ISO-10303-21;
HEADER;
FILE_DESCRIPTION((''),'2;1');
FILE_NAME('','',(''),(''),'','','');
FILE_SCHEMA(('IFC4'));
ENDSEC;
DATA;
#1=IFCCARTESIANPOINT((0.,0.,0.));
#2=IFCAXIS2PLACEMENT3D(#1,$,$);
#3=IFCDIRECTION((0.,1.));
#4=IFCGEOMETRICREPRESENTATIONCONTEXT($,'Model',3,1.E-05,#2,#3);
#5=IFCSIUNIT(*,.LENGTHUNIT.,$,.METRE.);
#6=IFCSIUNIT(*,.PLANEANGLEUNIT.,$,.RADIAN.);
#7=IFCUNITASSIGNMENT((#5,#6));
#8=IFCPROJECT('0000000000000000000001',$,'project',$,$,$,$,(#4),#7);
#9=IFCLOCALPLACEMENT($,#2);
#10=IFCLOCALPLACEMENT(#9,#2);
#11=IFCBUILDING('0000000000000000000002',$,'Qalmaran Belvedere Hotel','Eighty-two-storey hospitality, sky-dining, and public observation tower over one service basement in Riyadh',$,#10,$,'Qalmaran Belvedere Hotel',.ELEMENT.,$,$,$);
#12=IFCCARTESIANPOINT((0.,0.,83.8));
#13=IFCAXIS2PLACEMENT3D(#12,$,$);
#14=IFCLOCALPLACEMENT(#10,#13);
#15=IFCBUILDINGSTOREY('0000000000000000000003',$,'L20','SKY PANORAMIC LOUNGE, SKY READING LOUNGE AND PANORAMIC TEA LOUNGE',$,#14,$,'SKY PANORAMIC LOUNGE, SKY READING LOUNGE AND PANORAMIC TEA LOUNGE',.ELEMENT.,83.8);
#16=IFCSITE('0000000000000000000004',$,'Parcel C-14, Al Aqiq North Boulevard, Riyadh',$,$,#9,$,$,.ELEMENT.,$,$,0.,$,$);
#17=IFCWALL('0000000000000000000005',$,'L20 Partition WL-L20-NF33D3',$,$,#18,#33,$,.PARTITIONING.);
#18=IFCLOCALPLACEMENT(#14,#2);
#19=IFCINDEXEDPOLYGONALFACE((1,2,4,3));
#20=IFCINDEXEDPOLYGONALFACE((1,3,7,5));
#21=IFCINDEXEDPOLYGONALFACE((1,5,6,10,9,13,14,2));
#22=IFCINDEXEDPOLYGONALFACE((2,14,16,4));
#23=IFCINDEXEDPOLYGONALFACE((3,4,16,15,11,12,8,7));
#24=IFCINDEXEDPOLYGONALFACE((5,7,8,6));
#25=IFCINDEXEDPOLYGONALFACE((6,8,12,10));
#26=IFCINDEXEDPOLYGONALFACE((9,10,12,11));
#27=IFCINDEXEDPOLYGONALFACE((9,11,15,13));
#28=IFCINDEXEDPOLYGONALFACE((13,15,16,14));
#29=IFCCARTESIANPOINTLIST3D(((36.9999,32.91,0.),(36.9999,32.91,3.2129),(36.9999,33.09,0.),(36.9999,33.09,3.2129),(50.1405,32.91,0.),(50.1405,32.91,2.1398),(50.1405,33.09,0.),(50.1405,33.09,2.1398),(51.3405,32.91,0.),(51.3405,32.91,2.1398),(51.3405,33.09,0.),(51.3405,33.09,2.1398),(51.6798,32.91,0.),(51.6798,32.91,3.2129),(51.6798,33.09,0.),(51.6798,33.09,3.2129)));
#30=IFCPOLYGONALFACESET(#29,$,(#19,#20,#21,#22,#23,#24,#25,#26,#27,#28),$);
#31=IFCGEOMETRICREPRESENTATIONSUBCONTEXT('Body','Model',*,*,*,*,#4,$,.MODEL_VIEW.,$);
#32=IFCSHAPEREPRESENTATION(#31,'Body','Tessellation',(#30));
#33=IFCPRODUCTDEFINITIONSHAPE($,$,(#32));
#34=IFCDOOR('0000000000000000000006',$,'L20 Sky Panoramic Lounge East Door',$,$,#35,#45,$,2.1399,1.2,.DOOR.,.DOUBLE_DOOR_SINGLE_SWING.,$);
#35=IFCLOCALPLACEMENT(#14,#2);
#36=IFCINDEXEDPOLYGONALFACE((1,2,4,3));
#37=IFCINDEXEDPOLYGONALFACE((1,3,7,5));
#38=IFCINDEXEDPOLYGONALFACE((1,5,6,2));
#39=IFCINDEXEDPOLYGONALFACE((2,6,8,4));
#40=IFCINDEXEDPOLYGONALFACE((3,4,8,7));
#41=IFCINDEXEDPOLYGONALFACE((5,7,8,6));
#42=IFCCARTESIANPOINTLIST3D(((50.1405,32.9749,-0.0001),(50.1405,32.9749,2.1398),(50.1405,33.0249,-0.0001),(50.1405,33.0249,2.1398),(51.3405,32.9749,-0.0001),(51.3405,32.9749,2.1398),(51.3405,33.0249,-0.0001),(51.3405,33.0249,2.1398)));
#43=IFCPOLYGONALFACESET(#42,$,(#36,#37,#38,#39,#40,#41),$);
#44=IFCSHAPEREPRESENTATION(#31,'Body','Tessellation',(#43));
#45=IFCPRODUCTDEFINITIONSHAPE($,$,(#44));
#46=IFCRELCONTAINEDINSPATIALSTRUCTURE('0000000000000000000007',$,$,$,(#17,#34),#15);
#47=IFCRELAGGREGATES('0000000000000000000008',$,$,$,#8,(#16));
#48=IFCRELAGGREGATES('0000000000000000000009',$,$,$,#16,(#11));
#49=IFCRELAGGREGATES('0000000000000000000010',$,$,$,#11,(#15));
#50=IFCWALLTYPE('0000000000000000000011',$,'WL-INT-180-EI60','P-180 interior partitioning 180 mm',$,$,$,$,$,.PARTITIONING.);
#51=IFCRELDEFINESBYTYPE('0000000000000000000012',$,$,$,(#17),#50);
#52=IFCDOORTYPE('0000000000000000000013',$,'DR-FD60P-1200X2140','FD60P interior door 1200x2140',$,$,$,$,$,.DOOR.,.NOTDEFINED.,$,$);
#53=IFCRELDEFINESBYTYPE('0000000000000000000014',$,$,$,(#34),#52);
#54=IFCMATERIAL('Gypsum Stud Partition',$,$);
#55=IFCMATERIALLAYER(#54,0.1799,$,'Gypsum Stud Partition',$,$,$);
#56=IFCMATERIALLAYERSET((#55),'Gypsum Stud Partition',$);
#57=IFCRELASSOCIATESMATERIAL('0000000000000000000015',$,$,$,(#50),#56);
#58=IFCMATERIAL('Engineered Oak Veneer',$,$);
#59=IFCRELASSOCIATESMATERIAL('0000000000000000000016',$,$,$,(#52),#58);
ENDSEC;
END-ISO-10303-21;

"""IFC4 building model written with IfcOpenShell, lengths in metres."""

from ifc_helpers import new_model, si_unit, direction, frame, frame_2d, origin, place, context, subcontext, project, spatial, rectangle, extrude, material, layer, layer_set, type_object, element, fill, save


model = new_model("IFC4")

# Units and contexts
model_context = context("Model", 3, precision=1e-05, world=origin(), true_north=direction((0.0, 1.0)))
body_context = subcontext(model_context, "Body", "Model", "MODEL_VIEW")
ifc_project = project(units=[si_unit("LENGTHUNIT", "METRE"), si_unit("PLANEANGLEUNIT", "RADIAN")], contexts=[model_context])

# Site, building, storey
site_placement = place(None, origin())
site = spatial("IfcSite", under=ifc_project, at=site_placement, Name="Parcel C-14, Al Aqiq North Boulevard, Riyadh", CompositionType="ELEMENT", RefElevation=0.0)
building_placement = place(site_placement, origin())
building = spatial("IfcBuilding", under=site, at=building_placement, Name="Qalmaran Belvedere Hotel", Description="Eighty-two-storey hospitality, sky-dining, and public observation tower over one service basement in Riyadh", LongName="Qalmaran Belvedere Hotel", CompositionType="ELEMENT")
storey_placement = place(building_placement, frame((0.0, 0.0, 83.8)))
storey = spatial("IfcBuildingStorey", under=building, at=storey_placement, Name="L20", Description="SKY PANORAMIC LOUNGE, SKY READING LOUNGE AND PANORAMIC TEA LOUNGE", LongName="SKY PANORAMIC LOUNGE, SKY READING LOUNGE AND PANORAMIC TEA LOUNGE", CompositionType="ELEMENT", Elevation=83.8)

# Shared definitions
ifc_material_1 = material(Name="Gypsum Stud Partition")

# Wall, opening, door
ifc_layer_1 = layer(ifc_material_1, 0.1799, Name="Gypsum Stud Partition")
ifc_layer_set_1 = layer_set([ifc_layer_1], Name="Gypsum Stud Partition")
wall_type_1 = type_object("IfcWallType", Name="WL-INT-180-EI60", Description="P-180 interior partitioning 180 mm", PredefinedType="PARTITIONING", material=ifc_layer_set_1)
wall_1_placement = place(storey_placement, frame((37.0, 33.0, 0.0), z_axis=(0.0, 0.0, 1.0), x_axis=(1.0, 0.0, 0.0)))
wall_1 = element("IfcWall", 1, at=wall_1_placement, inside=storey, type_object=wall_type_1, Name="L20 Partition WL-L20-NF33D3", PredefinedType="PARTITIONING", context=body_context, shape_type="SweptSolid", body=[
    extrude(rectangle(XDim=14.6799, YDim=0.1799, at=frame_2d((7.3398, 0.0))), origin(), (0.0, 0.0, 1.0), 3.2129),
])
opening_placement = place(wall_1_placement, frame((13.1404, 0.0, 0.0)))
opening = element("IfcOpeningElement", 2, at=opening_placement, cuts=wall_1, PredefinedType="OPENING", context=body_context, shape_type="SweptSolid", body=[
    extrude(rectangle(XDim=1.2, YDim=2.1399, at=frame_2d((0.6001, 1.0698))), frame((0.0, 0.1001, 0.0), z_axis=(0.0, -1.0, 0.0), x_axis=(1.0, 0.0, 0.0)), (0.0, 0.0, 1.0), 0.2),
])
ifc_material_2 = material(Name="Engineered Oak Veneer")
door_type = type_object("IfcDoorType", Name="DR-FD60P-1200X2140", Description="FD60P interior door 1200x2140", OperationType="NOTDEFINED", PredefinedType="DOOR", material=ifc_material_2)
door_placement = place(opening_placement, origin())
door = element("IfcDoor", 3, at=door_placement, inside=storey, type_object=door_type, Name="L20 Sky Panoramic Lounge East Door", OperationType="DOUBLE_DOOR_SINGLE_SWING", OverallHeight=2.1399, OverallWidth=1.2, PredefinedType="DOOR", context=body_context, shape_type="SweptSolid", body=[
    extrude(rectangle(XDim=1.2, YDim=2.1399, at=frame_2d((0.6001, 1.0698))), frame((0.0, 0.0249, 0.0), z_axis=(0.0, -1.0, 0.0), x_axis=(1.0, 0.0, 0.0)), (0.0, 0.0, 1.0), 0.05),
])
fill(opening, door)

save(model, "model.ifc")
